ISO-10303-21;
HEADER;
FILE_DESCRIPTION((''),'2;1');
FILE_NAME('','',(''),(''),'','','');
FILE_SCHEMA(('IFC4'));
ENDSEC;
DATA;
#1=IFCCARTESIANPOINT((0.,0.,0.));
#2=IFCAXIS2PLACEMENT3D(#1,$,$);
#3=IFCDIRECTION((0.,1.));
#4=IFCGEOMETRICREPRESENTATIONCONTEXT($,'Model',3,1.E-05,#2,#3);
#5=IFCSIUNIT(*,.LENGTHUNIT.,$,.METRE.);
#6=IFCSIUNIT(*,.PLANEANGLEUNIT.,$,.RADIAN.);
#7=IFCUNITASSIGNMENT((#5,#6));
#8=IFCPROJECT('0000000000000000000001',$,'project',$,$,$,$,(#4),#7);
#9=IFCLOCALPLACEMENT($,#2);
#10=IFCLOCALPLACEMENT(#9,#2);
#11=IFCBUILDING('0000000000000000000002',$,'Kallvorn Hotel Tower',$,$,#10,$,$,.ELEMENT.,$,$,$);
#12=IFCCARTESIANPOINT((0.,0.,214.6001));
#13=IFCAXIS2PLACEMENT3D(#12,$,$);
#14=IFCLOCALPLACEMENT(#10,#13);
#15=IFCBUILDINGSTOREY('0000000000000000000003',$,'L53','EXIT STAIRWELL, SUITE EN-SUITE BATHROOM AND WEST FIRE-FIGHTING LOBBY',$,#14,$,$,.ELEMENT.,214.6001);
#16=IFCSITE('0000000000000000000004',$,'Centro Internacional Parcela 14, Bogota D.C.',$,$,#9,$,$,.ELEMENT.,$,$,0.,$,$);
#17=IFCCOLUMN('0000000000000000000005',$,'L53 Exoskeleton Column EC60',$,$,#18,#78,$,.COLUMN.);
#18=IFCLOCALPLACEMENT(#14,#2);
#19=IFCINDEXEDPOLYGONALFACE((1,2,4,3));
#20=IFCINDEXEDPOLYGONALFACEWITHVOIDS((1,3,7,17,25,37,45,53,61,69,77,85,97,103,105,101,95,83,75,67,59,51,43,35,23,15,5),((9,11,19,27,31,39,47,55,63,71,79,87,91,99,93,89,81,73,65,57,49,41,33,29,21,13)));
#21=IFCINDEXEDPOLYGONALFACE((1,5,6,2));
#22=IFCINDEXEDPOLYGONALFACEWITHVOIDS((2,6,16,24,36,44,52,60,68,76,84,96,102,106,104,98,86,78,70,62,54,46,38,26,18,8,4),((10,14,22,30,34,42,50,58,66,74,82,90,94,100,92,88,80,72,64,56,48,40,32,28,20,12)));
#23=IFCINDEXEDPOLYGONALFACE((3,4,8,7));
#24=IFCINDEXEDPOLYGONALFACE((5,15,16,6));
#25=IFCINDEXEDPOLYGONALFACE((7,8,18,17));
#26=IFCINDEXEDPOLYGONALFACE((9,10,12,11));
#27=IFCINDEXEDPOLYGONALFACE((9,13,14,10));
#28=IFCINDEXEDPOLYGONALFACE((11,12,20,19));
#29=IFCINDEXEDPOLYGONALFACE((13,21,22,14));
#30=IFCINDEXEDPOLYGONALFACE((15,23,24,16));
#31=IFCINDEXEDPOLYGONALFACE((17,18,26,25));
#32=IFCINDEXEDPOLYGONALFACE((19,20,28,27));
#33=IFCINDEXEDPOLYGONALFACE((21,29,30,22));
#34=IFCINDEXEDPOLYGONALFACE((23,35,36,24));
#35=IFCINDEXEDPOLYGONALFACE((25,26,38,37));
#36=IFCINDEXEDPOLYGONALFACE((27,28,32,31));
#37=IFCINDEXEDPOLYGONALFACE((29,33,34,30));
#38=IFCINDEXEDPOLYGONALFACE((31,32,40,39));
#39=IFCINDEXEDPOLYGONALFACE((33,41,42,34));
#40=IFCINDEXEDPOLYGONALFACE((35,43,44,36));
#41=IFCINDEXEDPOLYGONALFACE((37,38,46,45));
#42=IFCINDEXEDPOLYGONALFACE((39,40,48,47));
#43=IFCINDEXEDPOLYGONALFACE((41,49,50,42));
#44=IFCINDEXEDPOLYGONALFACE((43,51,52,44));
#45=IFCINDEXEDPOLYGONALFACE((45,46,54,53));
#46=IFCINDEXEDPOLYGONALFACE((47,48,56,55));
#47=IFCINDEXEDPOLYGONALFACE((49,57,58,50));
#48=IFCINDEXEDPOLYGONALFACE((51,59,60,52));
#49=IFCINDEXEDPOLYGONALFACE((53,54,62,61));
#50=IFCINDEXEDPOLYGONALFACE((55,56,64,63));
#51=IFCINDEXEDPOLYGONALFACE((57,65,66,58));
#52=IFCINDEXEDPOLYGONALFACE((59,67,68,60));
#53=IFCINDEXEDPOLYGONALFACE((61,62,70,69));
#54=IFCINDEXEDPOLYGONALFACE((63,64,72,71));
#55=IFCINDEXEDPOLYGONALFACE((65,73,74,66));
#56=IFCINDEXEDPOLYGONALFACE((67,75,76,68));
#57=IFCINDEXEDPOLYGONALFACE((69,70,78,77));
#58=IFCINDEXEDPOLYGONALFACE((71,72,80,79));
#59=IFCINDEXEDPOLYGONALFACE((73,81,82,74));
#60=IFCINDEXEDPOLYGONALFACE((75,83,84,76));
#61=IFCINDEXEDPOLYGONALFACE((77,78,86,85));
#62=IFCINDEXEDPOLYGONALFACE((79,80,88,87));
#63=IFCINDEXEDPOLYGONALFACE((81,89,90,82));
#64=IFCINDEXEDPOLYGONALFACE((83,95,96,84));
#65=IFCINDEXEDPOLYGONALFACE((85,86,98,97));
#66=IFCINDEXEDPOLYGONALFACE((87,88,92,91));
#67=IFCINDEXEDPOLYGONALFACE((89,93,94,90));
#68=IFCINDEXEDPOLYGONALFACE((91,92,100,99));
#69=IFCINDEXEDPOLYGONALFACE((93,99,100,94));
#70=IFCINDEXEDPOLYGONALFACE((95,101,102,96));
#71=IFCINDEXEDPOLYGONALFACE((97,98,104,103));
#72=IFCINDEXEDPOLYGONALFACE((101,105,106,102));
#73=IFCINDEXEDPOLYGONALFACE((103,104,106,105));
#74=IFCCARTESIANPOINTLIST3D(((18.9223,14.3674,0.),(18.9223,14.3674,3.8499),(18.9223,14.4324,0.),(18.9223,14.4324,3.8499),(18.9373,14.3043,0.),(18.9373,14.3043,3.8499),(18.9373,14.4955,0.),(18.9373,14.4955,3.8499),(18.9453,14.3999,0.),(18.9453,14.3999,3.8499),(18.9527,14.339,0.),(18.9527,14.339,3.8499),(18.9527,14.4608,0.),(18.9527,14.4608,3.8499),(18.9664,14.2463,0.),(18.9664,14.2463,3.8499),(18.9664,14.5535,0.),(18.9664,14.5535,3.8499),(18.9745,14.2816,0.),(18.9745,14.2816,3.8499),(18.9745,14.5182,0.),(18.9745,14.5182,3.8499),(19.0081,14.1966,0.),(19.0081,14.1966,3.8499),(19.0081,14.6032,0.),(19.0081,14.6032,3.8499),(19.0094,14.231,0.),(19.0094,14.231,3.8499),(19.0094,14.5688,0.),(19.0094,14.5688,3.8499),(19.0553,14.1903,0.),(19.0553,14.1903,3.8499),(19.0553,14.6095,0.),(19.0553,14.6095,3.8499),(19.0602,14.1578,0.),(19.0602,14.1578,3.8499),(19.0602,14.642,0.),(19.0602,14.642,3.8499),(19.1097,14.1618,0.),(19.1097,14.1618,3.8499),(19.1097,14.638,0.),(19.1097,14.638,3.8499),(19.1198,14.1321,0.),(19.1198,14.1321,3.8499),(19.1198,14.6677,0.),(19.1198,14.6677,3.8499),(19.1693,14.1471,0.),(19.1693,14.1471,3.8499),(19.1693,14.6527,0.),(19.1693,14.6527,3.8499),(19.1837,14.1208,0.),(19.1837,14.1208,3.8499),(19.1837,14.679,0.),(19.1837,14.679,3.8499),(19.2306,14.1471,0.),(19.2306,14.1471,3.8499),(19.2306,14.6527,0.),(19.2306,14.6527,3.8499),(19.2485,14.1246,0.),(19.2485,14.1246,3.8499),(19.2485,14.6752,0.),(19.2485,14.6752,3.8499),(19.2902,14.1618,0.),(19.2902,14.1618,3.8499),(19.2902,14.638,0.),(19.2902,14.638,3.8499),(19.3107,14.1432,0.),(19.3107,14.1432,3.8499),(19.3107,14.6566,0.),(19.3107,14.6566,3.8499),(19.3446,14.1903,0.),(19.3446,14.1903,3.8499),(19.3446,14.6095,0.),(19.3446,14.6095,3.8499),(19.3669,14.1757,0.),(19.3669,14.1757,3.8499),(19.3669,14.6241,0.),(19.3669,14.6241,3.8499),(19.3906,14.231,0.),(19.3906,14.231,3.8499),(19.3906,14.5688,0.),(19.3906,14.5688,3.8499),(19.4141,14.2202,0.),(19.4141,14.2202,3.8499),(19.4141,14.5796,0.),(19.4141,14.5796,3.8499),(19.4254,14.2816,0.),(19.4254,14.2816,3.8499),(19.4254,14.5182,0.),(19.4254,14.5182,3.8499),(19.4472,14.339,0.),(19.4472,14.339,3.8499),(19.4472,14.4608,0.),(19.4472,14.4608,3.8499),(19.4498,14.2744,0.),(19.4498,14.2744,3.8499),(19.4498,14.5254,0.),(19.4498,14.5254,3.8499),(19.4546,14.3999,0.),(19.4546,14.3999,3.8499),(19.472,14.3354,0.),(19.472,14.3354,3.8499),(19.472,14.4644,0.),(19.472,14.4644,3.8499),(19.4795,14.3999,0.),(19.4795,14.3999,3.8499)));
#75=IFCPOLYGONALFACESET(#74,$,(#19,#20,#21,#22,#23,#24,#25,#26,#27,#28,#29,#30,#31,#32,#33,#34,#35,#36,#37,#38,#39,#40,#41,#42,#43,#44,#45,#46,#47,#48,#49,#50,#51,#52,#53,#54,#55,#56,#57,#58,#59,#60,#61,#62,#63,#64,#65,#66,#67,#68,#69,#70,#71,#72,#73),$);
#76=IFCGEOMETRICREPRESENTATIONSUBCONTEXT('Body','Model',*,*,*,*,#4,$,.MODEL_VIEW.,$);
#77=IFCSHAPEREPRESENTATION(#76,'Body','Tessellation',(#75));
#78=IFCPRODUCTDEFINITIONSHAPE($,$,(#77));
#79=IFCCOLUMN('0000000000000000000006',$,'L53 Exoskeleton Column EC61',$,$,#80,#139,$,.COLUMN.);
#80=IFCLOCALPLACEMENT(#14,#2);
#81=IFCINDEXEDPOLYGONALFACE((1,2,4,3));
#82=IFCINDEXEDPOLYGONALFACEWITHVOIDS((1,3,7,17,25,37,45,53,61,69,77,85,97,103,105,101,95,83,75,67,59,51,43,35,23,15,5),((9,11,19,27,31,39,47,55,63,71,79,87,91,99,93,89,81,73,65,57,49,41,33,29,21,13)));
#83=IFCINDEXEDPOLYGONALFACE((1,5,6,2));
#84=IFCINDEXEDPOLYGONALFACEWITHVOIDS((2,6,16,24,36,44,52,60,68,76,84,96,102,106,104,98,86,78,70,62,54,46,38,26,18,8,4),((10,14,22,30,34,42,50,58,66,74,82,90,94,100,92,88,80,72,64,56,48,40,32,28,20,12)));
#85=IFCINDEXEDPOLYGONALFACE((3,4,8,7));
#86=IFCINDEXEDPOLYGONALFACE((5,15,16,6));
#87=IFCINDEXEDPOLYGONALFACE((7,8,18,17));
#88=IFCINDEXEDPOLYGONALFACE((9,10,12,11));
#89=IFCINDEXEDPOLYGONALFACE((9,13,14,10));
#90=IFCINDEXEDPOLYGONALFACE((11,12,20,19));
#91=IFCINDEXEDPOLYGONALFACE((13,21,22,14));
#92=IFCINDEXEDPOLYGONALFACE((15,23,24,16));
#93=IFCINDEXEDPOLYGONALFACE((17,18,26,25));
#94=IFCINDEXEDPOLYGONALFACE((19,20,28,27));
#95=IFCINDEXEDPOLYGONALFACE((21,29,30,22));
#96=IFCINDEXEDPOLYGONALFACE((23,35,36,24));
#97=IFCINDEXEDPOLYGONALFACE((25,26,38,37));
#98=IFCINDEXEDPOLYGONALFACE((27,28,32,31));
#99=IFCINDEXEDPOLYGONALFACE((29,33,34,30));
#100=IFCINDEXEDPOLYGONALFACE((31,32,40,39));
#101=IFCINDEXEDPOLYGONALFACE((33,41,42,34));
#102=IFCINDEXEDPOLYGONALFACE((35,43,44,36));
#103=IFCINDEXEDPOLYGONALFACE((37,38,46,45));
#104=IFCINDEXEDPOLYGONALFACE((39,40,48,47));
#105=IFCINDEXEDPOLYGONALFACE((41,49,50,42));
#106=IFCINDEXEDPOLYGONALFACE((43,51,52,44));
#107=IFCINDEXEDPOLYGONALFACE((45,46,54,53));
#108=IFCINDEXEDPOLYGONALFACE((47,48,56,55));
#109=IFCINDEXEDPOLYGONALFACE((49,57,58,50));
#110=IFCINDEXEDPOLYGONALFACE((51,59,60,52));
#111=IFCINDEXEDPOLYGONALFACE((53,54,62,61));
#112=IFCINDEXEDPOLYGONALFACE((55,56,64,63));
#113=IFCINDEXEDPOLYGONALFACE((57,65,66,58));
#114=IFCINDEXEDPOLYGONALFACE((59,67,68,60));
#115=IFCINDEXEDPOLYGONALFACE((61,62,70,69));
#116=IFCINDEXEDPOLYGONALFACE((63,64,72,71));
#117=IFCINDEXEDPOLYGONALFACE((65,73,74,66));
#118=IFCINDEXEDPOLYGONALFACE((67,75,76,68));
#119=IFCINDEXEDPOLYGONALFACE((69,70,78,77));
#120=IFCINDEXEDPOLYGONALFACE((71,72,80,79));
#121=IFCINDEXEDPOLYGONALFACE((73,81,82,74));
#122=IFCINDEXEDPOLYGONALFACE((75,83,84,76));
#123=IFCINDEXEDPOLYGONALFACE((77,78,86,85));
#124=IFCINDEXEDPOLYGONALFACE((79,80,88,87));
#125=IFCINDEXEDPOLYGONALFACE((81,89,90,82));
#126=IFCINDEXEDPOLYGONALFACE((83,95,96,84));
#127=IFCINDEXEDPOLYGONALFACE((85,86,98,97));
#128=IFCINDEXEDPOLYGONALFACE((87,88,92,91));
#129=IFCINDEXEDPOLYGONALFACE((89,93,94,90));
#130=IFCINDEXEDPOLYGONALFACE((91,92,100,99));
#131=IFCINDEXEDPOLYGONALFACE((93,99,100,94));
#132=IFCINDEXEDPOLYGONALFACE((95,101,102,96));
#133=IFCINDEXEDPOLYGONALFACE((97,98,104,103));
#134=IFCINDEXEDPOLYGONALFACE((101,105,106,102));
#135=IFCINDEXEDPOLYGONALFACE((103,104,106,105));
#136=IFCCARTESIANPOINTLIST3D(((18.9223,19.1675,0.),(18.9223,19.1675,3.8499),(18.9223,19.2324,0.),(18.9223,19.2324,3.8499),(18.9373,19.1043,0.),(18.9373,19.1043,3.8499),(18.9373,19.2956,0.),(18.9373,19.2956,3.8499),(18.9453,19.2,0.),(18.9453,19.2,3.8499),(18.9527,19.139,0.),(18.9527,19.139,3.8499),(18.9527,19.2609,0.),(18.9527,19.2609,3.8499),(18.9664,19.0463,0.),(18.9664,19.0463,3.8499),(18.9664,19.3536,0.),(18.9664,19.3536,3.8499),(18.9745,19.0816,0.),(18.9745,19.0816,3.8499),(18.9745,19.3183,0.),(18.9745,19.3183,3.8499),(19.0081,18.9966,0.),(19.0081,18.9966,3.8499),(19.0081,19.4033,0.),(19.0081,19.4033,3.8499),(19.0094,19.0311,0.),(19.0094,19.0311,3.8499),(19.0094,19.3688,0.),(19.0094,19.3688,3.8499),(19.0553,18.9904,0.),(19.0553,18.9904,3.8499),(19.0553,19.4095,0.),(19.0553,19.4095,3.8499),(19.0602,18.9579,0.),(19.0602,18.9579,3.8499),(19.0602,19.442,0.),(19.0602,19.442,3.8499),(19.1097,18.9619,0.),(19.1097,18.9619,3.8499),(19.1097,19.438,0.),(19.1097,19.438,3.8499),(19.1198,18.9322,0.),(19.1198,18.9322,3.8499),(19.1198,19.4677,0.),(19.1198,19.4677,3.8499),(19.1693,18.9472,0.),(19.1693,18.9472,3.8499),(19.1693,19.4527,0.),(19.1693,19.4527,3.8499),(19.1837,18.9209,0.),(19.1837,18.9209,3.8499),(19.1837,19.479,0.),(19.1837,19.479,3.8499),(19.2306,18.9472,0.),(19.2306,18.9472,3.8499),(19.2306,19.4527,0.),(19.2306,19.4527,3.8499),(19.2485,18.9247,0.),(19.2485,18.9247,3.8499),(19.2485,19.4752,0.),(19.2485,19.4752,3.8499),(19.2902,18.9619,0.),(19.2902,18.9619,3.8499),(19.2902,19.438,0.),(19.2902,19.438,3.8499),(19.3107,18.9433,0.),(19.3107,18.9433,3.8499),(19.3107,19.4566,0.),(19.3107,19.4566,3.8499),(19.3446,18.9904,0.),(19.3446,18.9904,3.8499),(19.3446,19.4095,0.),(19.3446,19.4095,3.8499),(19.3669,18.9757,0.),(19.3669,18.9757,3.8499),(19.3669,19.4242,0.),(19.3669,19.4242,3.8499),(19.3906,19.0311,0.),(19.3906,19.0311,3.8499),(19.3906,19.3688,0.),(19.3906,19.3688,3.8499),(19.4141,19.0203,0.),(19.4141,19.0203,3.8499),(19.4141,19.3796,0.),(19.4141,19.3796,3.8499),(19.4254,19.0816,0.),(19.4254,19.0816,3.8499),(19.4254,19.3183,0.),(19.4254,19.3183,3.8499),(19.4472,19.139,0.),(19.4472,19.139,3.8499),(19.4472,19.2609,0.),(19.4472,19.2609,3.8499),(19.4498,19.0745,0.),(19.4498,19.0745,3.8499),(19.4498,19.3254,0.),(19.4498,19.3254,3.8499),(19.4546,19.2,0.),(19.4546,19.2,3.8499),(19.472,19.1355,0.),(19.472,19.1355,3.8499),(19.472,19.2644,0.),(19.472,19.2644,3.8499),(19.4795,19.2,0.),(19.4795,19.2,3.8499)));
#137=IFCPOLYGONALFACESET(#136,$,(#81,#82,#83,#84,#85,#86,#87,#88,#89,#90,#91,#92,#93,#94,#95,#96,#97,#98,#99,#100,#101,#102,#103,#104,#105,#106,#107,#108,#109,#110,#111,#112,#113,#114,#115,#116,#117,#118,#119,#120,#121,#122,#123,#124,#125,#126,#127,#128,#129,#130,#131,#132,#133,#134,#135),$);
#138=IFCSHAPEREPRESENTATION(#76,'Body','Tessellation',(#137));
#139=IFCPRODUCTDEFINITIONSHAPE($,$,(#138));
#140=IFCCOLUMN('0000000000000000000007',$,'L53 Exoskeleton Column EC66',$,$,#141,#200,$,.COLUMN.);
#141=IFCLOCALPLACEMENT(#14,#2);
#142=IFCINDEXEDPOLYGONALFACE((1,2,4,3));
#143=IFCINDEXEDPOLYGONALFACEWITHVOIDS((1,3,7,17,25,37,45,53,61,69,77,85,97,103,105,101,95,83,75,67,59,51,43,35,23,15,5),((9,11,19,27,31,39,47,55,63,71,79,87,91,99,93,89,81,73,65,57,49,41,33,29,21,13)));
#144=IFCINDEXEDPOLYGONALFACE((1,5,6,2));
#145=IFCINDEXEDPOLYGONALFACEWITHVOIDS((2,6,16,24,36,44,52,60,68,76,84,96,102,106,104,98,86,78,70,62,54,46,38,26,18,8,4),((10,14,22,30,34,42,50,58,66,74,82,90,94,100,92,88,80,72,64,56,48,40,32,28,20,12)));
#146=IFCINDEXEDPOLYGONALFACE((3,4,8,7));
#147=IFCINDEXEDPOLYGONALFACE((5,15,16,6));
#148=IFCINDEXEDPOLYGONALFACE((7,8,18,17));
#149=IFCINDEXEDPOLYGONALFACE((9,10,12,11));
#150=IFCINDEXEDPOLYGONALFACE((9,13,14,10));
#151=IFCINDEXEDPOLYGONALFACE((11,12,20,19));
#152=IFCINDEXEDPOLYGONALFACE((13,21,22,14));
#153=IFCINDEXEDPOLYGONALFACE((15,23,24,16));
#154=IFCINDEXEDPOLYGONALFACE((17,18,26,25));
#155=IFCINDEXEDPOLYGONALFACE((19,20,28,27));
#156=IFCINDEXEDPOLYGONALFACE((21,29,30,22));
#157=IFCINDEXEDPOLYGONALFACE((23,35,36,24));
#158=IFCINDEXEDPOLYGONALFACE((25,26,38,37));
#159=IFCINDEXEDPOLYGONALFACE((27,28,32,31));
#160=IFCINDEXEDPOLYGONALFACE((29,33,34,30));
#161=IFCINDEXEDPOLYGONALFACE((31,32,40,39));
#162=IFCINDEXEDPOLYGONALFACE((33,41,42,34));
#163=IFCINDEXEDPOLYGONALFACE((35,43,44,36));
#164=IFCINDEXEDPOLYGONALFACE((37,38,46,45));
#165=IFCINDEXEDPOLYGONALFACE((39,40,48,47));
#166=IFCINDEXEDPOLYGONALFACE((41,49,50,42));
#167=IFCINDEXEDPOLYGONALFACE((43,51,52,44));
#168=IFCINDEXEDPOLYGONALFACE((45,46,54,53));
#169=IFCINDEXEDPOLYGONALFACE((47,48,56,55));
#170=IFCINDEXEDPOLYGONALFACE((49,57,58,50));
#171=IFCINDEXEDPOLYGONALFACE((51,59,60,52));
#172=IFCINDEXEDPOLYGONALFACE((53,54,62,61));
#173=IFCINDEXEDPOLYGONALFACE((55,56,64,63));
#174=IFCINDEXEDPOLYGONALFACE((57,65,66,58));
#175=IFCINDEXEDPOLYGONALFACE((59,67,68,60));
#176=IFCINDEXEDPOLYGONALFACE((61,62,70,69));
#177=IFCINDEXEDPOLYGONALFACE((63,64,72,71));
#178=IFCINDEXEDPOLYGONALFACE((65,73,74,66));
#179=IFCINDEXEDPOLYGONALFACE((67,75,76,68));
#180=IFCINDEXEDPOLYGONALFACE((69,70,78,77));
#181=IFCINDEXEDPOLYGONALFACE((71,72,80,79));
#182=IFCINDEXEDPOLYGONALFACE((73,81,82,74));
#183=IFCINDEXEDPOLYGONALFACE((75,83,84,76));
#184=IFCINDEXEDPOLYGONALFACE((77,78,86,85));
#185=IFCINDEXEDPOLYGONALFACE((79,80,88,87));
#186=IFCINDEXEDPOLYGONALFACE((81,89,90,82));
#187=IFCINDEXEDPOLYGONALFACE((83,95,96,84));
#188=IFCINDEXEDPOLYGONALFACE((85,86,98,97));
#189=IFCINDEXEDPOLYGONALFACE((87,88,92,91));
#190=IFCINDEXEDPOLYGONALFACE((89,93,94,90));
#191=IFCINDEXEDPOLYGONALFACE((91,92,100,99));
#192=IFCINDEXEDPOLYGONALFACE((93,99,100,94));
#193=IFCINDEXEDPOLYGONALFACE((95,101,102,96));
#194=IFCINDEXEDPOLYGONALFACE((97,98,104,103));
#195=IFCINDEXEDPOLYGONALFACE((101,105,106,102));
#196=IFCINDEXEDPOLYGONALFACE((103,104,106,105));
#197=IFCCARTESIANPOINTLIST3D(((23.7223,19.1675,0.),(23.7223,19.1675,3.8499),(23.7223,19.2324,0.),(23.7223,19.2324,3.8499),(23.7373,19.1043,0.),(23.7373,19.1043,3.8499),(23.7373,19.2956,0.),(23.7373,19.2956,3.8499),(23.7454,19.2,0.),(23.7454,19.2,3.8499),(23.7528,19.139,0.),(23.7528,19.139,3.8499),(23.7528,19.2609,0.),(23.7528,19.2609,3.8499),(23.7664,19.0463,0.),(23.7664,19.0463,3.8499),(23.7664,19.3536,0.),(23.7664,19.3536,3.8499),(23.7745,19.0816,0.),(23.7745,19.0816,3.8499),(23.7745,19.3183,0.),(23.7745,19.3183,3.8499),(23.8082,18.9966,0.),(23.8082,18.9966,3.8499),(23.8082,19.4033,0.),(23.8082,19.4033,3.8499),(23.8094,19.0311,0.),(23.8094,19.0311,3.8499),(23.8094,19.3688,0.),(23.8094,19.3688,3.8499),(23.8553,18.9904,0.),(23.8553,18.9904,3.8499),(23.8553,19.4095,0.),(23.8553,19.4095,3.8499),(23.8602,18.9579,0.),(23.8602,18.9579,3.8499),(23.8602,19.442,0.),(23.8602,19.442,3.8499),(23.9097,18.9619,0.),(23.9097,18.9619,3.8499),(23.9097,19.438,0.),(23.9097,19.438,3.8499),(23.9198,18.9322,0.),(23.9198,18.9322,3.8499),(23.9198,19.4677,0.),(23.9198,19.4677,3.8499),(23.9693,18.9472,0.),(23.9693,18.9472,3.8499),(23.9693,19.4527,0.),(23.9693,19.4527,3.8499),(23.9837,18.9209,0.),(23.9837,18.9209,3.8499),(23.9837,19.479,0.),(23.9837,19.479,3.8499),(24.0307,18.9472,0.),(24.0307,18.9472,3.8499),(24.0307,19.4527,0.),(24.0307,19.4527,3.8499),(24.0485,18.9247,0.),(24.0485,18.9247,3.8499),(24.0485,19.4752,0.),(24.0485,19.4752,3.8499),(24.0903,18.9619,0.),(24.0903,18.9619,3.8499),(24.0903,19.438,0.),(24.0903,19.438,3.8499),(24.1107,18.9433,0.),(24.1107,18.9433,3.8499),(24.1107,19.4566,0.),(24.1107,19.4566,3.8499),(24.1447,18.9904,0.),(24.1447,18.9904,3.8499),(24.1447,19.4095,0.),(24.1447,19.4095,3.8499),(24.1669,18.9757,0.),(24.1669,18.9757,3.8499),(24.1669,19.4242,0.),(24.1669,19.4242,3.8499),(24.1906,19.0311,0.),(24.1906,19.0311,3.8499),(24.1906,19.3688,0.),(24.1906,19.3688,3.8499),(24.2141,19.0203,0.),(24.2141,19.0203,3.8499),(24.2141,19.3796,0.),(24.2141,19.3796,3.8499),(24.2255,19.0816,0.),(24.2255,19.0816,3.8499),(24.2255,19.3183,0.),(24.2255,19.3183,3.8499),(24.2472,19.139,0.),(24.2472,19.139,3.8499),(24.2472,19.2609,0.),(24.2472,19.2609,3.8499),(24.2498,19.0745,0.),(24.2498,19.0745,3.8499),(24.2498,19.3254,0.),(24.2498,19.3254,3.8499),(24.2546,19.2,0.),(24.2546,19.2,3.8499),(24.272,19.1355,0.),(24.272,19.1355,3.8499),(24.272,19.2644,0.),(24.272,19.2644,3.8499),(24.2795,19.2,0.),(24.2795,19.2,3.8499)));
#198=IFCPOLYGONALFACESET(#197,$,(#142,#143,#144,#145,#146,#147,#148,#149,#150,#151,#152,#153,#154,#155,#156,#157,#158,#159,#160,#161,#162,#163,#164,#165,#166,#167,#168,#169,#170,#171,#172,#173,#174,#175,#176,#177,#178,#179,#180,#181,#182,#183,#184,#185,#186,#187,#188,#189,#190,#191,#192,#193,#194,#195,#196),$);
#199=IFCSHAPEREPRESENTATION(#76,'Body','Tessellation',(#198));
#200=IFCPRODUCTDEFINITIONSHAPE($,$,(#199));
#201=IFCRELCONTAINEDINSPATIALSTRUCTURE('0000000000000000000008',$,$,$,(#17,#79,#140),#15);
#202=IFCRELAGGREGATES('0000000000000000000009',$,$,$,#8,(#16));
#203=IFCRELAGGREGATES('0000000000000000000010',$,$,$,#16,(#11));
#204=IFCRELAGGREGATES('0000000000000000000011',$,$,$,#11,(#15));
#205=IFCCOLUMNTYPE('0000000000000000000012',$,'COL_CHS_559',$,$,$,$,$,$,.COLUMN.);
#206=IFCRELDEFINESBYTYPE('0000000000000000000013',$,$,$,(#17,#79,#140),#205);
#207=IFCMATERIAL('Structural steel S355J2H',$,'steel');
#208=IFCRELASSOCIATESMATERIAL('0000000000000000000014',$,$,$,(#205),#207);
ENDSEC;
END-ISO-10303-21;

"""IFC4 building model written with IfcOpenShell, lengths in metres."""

from ifc_helpers import new_model, si_unit, direction, frame, origin, origin_2d, place, context, subcontext, project, spatial, hollow_circle, extrude, material, material_profile, profile_set, type_object, element, save


model = new_model("IFC4")

# Units and contexts
model_context = context("Model", 3, precision=1e-05, world=origin(), true_north=direction((0.0, 1.0)))
body_context = subcontext(model_context, "Body", "Model", "MODEL_VIEW")
ifc_project = project(units=[si_unit("LENGTHUNIT", "METRE"), si_unit("PLANEANGLEUNIT", "RADIAN")], contexts=[model_context])

# Site, building, storey
site_placement = place(None, origin())
site = spatial("IfcSite", under=ifc_project, at=site_placement, Name="Centro Internacional Parcela 14, Bogota D.C.", CompositionType="ELEMENT", RefElevation=0.0)
building_placement = place(site_placement, origin())
building = spatial("IfcBuilding", under=site, at=building_placement, Name="Kallvorn Hotel Tower", CompositionType="ELEMENT")
storey_placement = place(building_placement, frame((0.0, 0.0, 214.6001)))
storey = spatial("IfcBuildingStorey", under=building, at=storey_placement, Name="L53", Description="EXIT STAIRWELL, SUITE EN-SUITE BATHROOM AND WEST FIRE-FIGHTING LOBBY", CompositionType="ELEMENT", Elevation=214.6001)

# Columns
ifc_material_1 = material(Name="Structural steel S355J2H", Category="steel")
ifc_material_profile_1 = material_profile(ifc_material_1, hollow_circle(Radius=0.2795, WallThickness=0.0249, at=origin_2d()), Name="CHS 559x25")
ifc_profile_set_1 = profile_set([ifc_material_profile_1], Name="Structural steel S355J2H")
column_type_1 = type_object("IfcColumnType", Name="COL_CHS_559", PredefinedType="COLUMN", material=ifc_profile_set_1)
for number, where, z_axis, x_axis, name in (
    (1, (19.2, 14.3999, 0.0), (0.0, 0.0, 1.0), (1.0, 0.0, 0.0), "L53 Exoskeleton Column EC60"),
    (2, (19.2, 19.2, 0.0), (0.0, 0.0, 1.0), (1.0, 0.0, 0.0), "L53 Exoskeleton Column EC61"),
    (3, (24.0, 19.2, 0.0), (0.0, 0.0, 1.0), (1.0, 0.0, 0.0), "L53 Exoskeleton Column EC66"),
):
    element("IfcColumn", number, at=place(storey_placement, frame(where, z_axis=z_axis, x_axis=x_axis)), inside=storey, type_object=column_type_1, Name=name, PredefinedType="COLUMN", context=body_context, shape_type="SweptSolid", body=[
        extrude(hollow_circle(Radius=0.2795, WallThickness=0.0249, at=origin_2d()), origin(), (0.0, 0.0, 1.0), 3.8499),
    ])

save(model, "model.ifc")
